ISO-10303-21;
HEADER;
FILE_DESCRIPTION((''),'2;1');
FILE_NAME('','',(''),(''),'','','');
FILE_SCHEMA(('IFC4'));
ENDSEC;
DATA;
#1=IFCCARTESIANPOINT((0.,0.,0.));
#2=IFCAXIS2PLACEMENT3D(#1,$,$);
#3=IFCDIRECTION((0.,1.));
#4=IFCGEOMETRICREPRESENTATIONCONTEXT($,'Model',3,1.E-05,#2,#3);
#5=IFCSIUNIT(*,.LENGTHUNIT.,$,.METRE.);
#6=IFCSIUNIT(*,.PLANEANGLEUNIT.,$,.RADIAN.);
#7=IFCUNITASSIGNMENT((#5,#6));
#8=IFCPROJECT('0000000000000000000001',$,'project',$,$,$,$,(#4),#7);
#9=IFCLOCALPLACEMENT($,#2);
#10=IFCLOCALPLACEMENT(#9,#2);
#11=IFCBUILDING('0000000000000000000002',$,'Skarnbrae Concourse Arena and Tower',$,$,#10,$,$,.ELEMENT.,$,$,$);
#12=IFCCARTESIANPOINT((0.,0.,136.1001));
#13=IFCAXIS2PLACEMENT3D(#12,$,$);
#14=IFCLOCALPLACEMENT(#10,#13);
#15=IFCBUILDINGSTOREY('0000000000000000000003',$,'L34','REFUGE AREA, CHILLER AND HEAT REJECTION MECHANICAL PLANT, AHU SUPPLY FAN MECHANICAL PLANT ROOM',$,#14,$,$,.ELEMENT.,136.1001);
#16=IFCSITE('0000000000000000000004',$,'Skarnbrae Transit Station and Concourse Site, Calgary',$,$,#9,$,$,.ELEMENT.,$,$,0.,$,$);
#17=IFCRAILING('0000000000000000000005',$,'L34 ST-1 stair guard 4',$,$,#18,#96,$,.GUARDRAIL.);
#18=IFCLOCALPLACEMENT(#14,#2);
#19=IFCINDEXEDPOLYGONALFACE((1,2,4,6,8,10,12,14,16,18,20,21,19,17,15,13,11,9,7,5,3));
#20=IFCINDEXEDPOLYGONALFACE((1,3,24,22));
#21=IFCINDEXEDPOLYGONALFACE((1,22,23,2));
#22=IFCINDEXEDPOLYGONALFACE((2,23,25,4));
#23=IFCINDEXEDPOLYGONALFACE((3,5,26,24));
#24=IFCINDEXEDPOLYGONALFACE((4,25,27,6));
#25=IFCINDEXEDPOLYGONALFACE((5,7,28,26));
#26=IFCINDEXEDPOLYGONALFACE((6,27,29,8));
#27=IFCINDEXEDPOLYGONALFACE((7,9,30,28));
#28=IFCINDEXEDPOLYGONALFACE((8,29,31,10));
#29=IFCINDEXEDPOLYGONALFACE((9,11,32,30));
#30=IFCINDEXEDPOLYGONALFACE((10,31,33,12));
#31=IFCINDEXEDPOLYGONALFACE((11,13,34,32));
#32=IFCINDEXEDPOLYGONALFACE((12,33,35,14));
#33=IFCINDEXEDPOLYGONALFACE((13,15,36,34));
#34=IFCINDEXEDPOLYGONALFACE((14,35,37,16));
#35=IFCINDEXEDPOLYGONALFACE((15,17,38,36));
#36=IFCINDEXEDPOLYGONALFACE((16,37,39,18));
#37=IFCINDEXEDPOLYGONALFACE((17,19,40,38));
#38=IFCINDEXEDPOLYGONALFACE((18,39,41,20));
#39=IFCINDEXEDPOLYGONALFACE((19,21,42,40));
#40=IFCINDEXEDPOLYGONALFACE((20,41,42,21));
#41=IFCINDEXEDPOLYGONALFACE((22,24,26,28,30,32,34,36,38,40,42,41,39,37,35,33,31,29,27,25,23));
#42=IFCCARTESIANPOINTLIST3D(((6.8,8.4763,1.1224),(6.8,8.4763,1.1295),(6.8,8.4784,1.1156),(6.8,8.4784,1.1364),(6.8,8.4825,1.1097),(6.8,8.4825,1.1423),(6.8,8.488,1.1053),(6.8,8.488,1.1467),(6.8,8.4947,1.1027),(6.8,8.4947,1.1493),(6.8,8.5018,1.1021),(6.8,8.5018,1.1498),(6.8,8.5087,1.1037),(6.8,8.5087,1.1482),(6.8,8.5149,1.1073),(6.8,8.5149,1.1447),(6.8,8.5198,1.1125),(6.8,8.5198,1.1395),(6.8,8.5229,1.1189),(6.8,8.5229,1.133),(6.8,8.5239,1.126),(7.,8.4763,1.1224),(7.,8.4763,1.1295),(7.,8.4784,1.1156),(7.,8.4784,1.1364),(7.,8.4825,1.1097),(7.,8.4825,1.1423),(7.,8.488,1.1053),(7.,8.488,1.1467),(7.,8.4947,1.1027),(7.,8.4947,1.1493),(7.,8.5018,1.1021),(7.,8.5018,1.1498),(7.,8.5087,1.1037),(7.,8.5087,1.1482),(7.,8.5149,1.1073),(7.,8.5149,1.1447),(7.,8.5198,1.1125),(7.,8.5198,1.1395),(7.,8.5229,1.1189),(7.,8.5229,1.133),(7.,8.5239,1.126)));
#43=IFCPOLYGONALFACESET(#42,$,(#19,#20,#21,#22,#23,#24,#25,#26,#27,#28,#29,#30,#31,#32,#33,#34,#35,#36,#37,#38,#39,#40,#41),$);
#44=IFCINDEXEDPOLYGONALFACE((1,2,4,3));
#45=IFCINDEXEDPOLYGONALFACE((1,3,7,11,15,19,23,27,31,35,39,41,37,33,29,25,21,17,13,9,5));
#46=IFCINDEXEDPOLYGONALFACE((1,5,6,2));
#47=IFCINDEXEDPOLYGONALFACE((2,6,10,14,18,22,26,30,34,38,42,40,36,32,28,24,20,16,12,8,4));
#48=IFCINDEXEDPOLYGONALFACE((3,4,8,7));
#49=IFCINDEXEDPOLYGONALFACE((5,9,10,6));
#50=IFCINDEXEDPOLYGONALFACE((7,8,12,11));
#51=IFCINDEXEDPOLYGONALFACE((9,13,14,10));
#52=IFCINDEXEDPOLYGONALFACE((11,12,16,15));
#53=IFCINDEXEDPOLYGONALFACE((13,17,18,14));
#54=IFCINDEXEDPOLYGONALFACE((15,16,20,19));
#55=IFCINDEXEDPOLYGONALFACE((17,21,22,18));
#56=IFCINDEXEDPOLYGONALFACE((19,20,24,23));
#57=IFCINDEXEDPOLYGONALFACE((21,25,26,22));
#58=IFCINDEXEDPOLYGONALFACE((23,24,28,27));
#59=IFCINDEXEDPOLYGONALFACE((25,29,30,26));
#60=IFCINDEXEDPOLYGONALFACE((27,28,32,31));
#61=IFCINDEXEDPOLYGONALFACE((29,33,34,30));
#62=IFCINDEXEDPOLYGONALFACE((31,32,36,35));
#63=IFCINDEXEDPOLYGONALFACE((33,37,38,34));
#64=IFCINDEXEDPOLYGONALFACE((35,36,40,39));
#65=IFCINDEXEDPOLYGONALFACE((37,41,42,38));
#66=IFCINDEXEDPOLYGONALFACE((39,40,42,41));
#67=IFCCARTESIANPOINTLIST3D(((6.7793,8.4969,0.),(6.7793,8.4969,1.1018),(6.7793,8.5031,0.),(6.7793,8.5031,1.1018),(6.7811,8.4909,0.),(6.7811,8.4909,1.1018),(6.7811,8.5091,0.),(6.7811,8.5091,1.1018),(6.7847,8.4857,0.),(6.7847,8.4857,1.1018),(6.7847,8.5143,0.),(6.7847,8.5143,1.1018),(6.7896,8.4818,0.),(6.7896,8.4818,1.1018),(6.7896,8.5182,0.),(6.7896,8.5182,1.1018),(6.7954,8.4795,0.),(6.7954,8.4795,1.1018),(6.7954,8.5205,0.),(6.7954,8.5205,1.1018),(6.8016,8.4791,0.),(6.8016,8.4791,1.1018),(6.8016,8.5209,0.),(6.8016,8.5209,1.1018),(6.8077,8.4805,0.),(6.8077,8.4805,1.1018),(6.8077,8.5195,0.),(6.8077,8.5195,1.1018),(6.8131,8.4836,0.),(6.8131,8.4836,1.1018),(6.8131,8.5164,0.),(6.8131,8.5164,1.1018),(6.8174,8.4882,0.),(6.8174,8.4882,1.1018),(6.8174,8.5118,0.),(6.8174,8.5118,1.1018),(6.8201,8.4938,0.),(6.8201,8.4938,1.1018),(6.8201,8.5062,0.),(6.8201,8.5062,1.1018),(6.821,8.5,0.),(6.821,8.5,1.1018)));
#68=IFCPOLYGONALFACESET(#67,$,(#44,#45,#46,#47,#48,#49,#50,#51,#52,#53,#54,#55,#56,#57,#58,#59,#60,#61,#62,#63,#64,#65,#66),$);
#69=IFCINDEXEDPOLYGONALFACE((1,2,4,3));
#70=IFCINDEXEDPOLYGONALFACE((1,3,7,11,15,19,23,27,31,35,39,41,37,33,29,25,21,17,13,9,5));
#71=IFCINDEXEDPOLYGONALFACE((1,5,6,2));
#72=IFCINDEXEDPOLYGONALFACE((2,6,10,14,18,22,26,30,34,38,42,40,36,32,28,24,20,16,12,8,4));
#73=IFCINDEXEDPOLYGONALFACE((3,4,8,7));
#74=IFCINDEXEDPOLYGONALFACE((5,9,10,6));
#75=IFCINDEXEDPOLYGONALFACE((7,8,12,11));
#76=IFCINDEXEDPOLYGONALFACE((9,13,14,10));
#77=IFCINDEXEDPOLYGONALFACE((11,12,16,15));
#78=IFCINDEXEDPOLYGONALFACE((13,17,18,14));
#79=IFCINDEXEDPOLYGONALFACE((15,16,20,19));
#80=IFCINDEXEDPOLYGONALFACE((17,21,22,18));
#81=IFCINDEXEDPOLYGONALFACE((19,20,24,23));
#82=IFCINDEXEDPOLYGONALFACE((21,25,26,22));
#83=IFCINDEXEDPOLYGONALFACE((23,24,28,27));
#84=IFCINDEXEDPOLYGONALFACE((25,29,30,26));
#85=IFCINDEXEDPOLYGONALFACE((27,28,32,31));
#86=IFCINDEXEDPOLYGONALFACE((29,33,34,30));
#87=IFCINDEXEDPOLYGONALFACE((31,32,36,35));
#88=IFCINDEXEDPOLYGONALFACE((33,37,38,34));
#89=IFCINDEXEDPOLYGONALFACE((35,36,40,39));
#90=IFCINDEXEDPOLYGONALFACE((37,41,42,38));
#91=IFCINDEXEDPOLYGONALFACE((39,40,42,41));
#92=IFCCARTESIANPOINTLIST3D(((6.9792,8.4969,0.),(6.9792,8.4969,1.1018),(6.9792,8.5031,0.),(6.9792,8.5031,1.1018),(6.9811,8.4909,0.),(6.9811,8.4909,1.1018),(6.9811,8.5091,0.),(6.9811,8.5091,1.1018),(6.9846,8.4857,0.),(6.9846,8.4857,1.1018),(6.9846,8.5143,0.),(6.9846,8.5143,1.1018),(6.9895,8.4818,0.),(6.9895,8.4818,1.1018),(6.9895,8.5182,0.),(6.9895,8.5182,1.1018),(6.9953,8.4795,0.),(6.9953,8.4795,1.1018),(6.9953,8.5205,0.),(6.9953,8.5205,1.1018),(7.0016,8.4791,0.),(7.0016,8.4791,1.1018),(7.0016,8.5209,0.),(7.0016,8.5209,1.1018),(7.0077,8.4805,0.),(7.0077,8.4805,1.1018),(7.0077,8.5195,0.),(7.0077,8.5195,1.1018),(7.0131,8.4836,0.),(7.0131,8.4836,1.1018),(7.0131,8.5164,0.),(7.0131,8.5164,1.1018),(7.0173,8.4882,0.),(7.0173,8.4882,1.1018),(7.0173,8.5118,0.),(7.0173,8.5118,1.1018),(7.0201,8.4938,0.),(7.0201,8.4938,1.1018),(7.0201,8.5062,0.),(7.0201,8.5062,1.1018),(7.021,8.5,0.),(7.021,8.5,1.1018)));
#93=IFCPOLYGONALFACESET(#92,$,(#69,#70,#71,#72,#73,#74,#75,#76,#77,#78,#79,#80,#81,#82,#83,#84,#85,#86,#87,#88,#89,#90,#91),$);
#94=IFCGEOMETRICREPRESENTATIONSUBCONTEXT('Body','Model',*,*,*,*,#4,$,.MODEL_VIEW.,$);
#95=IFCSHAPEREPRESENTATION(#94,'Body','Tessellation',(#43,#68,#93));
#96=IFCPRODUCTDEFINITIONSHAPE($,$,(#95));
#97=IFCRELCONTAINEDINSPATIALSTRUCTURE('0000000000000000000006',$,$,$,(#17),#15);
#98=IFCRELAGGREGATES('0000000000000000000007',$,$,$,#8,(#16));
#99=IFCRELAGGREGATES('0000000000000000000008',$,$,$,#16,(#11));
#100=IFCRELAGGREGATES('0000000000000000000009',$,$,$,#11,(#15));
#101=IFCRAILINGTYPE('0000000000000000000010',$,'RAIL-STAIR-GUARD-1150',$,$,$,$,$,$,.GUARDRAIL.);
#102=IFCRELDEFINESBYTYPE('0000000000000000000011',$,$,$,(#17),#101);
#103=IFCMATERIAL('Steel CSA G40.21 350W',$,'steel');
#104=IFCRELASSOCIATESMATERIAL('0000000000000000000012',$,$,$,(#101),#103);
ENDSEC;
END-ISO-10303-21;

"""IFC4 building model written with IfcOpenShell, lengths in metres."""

from ifc_helpers import new_model, si_unit, direction, frame, origin, origin_2d, place, context, subcontext, project, spatial, circle, extrude, material, type_object, element, save


model = new_model("IFC4")

# Units and contexts
model_context = context("Model", 3, precision=1e-05, world=origin(), true_north=direction((0.0, 1.0)))
body_context = subcontext(model_context, "Body", "Model", "MODEL_VIEW")
ifc_project = project(units=[si_unit("LENGTHUNIT", "METRE"), si_unit("PLANEANGLEUNIT", "RADIAN")], contexts=[model_context])

# Site, building, storey
site_placement = place(None, origin())
site = spatial("IfcSite", under=ifc_project, at=site_placement, Name="Skarnbrae Transit Station and Concourse Site, Calgary", CompositionType="ELEMENT", RefElevation=0.0)
building_placement = place(site_placement, origin())
building = spatial("IfcBuilding", under=site, at=building_placement, Name="Skarnbrae Concourse Arena and Tower", CompositionType="ELEMENT")
storey_placement = place(building_placement, frame((0.0, 0.0, 136.1001)))
storey = spatial("IfcBuildingStorey", under=building, at=storey_placement, Name="L34", Description="REFUGE AREA, CHILLER AND HEAT REJECTION MECHANICAL PLANT, AHU SUPPLY FAN MECHANICAL PLANT ROOM", CompositionType="ELEMENT", Elevation=136.1001)

# Shared definitions
ifc_material_1 = material(Name="Steel CSA G40.21 350W", Category="steel")

# Railing
railing_type_1 = type_object("IfcRailingType", Name="RAIL-STAIR-GUARD-1150", PredefinedType="GUARDRAIL", material=ifc_material_1)
railing_1_placement = place(storey_placement, frame((6.8, 8.5, 0.0)))
element("IfcRailing", 1, at=railing_1_placement, inside=storey, type_object=railing_type_1, Name="L34 ST-1 stair guard 4", PredefinedType="GUARDRAIL", context=body_context, shape_type="SweptSolid", body=[
    extrude(circle(Radius=0.0239, at=origin_2d()), frame((0.0, 0.0, 1.126), z_axis=(1.0, 0.0, 0.0), x_axis=(0.0, 1.0, 0.0)), (0.0, 0.0, 1.0), 0.2),
    extrude(circle(Radius=0.021, at=origin_2d()), origin(), (0.0, 0.0, 1.0), 1.1018),
    extrude(circle(Radius=0.021, at=origin_2d()), frame((0.2, 0.0, 0.0)), (0.0, 0.0, 1.0), 1.1018),
])

save(model, "model.ifc")
